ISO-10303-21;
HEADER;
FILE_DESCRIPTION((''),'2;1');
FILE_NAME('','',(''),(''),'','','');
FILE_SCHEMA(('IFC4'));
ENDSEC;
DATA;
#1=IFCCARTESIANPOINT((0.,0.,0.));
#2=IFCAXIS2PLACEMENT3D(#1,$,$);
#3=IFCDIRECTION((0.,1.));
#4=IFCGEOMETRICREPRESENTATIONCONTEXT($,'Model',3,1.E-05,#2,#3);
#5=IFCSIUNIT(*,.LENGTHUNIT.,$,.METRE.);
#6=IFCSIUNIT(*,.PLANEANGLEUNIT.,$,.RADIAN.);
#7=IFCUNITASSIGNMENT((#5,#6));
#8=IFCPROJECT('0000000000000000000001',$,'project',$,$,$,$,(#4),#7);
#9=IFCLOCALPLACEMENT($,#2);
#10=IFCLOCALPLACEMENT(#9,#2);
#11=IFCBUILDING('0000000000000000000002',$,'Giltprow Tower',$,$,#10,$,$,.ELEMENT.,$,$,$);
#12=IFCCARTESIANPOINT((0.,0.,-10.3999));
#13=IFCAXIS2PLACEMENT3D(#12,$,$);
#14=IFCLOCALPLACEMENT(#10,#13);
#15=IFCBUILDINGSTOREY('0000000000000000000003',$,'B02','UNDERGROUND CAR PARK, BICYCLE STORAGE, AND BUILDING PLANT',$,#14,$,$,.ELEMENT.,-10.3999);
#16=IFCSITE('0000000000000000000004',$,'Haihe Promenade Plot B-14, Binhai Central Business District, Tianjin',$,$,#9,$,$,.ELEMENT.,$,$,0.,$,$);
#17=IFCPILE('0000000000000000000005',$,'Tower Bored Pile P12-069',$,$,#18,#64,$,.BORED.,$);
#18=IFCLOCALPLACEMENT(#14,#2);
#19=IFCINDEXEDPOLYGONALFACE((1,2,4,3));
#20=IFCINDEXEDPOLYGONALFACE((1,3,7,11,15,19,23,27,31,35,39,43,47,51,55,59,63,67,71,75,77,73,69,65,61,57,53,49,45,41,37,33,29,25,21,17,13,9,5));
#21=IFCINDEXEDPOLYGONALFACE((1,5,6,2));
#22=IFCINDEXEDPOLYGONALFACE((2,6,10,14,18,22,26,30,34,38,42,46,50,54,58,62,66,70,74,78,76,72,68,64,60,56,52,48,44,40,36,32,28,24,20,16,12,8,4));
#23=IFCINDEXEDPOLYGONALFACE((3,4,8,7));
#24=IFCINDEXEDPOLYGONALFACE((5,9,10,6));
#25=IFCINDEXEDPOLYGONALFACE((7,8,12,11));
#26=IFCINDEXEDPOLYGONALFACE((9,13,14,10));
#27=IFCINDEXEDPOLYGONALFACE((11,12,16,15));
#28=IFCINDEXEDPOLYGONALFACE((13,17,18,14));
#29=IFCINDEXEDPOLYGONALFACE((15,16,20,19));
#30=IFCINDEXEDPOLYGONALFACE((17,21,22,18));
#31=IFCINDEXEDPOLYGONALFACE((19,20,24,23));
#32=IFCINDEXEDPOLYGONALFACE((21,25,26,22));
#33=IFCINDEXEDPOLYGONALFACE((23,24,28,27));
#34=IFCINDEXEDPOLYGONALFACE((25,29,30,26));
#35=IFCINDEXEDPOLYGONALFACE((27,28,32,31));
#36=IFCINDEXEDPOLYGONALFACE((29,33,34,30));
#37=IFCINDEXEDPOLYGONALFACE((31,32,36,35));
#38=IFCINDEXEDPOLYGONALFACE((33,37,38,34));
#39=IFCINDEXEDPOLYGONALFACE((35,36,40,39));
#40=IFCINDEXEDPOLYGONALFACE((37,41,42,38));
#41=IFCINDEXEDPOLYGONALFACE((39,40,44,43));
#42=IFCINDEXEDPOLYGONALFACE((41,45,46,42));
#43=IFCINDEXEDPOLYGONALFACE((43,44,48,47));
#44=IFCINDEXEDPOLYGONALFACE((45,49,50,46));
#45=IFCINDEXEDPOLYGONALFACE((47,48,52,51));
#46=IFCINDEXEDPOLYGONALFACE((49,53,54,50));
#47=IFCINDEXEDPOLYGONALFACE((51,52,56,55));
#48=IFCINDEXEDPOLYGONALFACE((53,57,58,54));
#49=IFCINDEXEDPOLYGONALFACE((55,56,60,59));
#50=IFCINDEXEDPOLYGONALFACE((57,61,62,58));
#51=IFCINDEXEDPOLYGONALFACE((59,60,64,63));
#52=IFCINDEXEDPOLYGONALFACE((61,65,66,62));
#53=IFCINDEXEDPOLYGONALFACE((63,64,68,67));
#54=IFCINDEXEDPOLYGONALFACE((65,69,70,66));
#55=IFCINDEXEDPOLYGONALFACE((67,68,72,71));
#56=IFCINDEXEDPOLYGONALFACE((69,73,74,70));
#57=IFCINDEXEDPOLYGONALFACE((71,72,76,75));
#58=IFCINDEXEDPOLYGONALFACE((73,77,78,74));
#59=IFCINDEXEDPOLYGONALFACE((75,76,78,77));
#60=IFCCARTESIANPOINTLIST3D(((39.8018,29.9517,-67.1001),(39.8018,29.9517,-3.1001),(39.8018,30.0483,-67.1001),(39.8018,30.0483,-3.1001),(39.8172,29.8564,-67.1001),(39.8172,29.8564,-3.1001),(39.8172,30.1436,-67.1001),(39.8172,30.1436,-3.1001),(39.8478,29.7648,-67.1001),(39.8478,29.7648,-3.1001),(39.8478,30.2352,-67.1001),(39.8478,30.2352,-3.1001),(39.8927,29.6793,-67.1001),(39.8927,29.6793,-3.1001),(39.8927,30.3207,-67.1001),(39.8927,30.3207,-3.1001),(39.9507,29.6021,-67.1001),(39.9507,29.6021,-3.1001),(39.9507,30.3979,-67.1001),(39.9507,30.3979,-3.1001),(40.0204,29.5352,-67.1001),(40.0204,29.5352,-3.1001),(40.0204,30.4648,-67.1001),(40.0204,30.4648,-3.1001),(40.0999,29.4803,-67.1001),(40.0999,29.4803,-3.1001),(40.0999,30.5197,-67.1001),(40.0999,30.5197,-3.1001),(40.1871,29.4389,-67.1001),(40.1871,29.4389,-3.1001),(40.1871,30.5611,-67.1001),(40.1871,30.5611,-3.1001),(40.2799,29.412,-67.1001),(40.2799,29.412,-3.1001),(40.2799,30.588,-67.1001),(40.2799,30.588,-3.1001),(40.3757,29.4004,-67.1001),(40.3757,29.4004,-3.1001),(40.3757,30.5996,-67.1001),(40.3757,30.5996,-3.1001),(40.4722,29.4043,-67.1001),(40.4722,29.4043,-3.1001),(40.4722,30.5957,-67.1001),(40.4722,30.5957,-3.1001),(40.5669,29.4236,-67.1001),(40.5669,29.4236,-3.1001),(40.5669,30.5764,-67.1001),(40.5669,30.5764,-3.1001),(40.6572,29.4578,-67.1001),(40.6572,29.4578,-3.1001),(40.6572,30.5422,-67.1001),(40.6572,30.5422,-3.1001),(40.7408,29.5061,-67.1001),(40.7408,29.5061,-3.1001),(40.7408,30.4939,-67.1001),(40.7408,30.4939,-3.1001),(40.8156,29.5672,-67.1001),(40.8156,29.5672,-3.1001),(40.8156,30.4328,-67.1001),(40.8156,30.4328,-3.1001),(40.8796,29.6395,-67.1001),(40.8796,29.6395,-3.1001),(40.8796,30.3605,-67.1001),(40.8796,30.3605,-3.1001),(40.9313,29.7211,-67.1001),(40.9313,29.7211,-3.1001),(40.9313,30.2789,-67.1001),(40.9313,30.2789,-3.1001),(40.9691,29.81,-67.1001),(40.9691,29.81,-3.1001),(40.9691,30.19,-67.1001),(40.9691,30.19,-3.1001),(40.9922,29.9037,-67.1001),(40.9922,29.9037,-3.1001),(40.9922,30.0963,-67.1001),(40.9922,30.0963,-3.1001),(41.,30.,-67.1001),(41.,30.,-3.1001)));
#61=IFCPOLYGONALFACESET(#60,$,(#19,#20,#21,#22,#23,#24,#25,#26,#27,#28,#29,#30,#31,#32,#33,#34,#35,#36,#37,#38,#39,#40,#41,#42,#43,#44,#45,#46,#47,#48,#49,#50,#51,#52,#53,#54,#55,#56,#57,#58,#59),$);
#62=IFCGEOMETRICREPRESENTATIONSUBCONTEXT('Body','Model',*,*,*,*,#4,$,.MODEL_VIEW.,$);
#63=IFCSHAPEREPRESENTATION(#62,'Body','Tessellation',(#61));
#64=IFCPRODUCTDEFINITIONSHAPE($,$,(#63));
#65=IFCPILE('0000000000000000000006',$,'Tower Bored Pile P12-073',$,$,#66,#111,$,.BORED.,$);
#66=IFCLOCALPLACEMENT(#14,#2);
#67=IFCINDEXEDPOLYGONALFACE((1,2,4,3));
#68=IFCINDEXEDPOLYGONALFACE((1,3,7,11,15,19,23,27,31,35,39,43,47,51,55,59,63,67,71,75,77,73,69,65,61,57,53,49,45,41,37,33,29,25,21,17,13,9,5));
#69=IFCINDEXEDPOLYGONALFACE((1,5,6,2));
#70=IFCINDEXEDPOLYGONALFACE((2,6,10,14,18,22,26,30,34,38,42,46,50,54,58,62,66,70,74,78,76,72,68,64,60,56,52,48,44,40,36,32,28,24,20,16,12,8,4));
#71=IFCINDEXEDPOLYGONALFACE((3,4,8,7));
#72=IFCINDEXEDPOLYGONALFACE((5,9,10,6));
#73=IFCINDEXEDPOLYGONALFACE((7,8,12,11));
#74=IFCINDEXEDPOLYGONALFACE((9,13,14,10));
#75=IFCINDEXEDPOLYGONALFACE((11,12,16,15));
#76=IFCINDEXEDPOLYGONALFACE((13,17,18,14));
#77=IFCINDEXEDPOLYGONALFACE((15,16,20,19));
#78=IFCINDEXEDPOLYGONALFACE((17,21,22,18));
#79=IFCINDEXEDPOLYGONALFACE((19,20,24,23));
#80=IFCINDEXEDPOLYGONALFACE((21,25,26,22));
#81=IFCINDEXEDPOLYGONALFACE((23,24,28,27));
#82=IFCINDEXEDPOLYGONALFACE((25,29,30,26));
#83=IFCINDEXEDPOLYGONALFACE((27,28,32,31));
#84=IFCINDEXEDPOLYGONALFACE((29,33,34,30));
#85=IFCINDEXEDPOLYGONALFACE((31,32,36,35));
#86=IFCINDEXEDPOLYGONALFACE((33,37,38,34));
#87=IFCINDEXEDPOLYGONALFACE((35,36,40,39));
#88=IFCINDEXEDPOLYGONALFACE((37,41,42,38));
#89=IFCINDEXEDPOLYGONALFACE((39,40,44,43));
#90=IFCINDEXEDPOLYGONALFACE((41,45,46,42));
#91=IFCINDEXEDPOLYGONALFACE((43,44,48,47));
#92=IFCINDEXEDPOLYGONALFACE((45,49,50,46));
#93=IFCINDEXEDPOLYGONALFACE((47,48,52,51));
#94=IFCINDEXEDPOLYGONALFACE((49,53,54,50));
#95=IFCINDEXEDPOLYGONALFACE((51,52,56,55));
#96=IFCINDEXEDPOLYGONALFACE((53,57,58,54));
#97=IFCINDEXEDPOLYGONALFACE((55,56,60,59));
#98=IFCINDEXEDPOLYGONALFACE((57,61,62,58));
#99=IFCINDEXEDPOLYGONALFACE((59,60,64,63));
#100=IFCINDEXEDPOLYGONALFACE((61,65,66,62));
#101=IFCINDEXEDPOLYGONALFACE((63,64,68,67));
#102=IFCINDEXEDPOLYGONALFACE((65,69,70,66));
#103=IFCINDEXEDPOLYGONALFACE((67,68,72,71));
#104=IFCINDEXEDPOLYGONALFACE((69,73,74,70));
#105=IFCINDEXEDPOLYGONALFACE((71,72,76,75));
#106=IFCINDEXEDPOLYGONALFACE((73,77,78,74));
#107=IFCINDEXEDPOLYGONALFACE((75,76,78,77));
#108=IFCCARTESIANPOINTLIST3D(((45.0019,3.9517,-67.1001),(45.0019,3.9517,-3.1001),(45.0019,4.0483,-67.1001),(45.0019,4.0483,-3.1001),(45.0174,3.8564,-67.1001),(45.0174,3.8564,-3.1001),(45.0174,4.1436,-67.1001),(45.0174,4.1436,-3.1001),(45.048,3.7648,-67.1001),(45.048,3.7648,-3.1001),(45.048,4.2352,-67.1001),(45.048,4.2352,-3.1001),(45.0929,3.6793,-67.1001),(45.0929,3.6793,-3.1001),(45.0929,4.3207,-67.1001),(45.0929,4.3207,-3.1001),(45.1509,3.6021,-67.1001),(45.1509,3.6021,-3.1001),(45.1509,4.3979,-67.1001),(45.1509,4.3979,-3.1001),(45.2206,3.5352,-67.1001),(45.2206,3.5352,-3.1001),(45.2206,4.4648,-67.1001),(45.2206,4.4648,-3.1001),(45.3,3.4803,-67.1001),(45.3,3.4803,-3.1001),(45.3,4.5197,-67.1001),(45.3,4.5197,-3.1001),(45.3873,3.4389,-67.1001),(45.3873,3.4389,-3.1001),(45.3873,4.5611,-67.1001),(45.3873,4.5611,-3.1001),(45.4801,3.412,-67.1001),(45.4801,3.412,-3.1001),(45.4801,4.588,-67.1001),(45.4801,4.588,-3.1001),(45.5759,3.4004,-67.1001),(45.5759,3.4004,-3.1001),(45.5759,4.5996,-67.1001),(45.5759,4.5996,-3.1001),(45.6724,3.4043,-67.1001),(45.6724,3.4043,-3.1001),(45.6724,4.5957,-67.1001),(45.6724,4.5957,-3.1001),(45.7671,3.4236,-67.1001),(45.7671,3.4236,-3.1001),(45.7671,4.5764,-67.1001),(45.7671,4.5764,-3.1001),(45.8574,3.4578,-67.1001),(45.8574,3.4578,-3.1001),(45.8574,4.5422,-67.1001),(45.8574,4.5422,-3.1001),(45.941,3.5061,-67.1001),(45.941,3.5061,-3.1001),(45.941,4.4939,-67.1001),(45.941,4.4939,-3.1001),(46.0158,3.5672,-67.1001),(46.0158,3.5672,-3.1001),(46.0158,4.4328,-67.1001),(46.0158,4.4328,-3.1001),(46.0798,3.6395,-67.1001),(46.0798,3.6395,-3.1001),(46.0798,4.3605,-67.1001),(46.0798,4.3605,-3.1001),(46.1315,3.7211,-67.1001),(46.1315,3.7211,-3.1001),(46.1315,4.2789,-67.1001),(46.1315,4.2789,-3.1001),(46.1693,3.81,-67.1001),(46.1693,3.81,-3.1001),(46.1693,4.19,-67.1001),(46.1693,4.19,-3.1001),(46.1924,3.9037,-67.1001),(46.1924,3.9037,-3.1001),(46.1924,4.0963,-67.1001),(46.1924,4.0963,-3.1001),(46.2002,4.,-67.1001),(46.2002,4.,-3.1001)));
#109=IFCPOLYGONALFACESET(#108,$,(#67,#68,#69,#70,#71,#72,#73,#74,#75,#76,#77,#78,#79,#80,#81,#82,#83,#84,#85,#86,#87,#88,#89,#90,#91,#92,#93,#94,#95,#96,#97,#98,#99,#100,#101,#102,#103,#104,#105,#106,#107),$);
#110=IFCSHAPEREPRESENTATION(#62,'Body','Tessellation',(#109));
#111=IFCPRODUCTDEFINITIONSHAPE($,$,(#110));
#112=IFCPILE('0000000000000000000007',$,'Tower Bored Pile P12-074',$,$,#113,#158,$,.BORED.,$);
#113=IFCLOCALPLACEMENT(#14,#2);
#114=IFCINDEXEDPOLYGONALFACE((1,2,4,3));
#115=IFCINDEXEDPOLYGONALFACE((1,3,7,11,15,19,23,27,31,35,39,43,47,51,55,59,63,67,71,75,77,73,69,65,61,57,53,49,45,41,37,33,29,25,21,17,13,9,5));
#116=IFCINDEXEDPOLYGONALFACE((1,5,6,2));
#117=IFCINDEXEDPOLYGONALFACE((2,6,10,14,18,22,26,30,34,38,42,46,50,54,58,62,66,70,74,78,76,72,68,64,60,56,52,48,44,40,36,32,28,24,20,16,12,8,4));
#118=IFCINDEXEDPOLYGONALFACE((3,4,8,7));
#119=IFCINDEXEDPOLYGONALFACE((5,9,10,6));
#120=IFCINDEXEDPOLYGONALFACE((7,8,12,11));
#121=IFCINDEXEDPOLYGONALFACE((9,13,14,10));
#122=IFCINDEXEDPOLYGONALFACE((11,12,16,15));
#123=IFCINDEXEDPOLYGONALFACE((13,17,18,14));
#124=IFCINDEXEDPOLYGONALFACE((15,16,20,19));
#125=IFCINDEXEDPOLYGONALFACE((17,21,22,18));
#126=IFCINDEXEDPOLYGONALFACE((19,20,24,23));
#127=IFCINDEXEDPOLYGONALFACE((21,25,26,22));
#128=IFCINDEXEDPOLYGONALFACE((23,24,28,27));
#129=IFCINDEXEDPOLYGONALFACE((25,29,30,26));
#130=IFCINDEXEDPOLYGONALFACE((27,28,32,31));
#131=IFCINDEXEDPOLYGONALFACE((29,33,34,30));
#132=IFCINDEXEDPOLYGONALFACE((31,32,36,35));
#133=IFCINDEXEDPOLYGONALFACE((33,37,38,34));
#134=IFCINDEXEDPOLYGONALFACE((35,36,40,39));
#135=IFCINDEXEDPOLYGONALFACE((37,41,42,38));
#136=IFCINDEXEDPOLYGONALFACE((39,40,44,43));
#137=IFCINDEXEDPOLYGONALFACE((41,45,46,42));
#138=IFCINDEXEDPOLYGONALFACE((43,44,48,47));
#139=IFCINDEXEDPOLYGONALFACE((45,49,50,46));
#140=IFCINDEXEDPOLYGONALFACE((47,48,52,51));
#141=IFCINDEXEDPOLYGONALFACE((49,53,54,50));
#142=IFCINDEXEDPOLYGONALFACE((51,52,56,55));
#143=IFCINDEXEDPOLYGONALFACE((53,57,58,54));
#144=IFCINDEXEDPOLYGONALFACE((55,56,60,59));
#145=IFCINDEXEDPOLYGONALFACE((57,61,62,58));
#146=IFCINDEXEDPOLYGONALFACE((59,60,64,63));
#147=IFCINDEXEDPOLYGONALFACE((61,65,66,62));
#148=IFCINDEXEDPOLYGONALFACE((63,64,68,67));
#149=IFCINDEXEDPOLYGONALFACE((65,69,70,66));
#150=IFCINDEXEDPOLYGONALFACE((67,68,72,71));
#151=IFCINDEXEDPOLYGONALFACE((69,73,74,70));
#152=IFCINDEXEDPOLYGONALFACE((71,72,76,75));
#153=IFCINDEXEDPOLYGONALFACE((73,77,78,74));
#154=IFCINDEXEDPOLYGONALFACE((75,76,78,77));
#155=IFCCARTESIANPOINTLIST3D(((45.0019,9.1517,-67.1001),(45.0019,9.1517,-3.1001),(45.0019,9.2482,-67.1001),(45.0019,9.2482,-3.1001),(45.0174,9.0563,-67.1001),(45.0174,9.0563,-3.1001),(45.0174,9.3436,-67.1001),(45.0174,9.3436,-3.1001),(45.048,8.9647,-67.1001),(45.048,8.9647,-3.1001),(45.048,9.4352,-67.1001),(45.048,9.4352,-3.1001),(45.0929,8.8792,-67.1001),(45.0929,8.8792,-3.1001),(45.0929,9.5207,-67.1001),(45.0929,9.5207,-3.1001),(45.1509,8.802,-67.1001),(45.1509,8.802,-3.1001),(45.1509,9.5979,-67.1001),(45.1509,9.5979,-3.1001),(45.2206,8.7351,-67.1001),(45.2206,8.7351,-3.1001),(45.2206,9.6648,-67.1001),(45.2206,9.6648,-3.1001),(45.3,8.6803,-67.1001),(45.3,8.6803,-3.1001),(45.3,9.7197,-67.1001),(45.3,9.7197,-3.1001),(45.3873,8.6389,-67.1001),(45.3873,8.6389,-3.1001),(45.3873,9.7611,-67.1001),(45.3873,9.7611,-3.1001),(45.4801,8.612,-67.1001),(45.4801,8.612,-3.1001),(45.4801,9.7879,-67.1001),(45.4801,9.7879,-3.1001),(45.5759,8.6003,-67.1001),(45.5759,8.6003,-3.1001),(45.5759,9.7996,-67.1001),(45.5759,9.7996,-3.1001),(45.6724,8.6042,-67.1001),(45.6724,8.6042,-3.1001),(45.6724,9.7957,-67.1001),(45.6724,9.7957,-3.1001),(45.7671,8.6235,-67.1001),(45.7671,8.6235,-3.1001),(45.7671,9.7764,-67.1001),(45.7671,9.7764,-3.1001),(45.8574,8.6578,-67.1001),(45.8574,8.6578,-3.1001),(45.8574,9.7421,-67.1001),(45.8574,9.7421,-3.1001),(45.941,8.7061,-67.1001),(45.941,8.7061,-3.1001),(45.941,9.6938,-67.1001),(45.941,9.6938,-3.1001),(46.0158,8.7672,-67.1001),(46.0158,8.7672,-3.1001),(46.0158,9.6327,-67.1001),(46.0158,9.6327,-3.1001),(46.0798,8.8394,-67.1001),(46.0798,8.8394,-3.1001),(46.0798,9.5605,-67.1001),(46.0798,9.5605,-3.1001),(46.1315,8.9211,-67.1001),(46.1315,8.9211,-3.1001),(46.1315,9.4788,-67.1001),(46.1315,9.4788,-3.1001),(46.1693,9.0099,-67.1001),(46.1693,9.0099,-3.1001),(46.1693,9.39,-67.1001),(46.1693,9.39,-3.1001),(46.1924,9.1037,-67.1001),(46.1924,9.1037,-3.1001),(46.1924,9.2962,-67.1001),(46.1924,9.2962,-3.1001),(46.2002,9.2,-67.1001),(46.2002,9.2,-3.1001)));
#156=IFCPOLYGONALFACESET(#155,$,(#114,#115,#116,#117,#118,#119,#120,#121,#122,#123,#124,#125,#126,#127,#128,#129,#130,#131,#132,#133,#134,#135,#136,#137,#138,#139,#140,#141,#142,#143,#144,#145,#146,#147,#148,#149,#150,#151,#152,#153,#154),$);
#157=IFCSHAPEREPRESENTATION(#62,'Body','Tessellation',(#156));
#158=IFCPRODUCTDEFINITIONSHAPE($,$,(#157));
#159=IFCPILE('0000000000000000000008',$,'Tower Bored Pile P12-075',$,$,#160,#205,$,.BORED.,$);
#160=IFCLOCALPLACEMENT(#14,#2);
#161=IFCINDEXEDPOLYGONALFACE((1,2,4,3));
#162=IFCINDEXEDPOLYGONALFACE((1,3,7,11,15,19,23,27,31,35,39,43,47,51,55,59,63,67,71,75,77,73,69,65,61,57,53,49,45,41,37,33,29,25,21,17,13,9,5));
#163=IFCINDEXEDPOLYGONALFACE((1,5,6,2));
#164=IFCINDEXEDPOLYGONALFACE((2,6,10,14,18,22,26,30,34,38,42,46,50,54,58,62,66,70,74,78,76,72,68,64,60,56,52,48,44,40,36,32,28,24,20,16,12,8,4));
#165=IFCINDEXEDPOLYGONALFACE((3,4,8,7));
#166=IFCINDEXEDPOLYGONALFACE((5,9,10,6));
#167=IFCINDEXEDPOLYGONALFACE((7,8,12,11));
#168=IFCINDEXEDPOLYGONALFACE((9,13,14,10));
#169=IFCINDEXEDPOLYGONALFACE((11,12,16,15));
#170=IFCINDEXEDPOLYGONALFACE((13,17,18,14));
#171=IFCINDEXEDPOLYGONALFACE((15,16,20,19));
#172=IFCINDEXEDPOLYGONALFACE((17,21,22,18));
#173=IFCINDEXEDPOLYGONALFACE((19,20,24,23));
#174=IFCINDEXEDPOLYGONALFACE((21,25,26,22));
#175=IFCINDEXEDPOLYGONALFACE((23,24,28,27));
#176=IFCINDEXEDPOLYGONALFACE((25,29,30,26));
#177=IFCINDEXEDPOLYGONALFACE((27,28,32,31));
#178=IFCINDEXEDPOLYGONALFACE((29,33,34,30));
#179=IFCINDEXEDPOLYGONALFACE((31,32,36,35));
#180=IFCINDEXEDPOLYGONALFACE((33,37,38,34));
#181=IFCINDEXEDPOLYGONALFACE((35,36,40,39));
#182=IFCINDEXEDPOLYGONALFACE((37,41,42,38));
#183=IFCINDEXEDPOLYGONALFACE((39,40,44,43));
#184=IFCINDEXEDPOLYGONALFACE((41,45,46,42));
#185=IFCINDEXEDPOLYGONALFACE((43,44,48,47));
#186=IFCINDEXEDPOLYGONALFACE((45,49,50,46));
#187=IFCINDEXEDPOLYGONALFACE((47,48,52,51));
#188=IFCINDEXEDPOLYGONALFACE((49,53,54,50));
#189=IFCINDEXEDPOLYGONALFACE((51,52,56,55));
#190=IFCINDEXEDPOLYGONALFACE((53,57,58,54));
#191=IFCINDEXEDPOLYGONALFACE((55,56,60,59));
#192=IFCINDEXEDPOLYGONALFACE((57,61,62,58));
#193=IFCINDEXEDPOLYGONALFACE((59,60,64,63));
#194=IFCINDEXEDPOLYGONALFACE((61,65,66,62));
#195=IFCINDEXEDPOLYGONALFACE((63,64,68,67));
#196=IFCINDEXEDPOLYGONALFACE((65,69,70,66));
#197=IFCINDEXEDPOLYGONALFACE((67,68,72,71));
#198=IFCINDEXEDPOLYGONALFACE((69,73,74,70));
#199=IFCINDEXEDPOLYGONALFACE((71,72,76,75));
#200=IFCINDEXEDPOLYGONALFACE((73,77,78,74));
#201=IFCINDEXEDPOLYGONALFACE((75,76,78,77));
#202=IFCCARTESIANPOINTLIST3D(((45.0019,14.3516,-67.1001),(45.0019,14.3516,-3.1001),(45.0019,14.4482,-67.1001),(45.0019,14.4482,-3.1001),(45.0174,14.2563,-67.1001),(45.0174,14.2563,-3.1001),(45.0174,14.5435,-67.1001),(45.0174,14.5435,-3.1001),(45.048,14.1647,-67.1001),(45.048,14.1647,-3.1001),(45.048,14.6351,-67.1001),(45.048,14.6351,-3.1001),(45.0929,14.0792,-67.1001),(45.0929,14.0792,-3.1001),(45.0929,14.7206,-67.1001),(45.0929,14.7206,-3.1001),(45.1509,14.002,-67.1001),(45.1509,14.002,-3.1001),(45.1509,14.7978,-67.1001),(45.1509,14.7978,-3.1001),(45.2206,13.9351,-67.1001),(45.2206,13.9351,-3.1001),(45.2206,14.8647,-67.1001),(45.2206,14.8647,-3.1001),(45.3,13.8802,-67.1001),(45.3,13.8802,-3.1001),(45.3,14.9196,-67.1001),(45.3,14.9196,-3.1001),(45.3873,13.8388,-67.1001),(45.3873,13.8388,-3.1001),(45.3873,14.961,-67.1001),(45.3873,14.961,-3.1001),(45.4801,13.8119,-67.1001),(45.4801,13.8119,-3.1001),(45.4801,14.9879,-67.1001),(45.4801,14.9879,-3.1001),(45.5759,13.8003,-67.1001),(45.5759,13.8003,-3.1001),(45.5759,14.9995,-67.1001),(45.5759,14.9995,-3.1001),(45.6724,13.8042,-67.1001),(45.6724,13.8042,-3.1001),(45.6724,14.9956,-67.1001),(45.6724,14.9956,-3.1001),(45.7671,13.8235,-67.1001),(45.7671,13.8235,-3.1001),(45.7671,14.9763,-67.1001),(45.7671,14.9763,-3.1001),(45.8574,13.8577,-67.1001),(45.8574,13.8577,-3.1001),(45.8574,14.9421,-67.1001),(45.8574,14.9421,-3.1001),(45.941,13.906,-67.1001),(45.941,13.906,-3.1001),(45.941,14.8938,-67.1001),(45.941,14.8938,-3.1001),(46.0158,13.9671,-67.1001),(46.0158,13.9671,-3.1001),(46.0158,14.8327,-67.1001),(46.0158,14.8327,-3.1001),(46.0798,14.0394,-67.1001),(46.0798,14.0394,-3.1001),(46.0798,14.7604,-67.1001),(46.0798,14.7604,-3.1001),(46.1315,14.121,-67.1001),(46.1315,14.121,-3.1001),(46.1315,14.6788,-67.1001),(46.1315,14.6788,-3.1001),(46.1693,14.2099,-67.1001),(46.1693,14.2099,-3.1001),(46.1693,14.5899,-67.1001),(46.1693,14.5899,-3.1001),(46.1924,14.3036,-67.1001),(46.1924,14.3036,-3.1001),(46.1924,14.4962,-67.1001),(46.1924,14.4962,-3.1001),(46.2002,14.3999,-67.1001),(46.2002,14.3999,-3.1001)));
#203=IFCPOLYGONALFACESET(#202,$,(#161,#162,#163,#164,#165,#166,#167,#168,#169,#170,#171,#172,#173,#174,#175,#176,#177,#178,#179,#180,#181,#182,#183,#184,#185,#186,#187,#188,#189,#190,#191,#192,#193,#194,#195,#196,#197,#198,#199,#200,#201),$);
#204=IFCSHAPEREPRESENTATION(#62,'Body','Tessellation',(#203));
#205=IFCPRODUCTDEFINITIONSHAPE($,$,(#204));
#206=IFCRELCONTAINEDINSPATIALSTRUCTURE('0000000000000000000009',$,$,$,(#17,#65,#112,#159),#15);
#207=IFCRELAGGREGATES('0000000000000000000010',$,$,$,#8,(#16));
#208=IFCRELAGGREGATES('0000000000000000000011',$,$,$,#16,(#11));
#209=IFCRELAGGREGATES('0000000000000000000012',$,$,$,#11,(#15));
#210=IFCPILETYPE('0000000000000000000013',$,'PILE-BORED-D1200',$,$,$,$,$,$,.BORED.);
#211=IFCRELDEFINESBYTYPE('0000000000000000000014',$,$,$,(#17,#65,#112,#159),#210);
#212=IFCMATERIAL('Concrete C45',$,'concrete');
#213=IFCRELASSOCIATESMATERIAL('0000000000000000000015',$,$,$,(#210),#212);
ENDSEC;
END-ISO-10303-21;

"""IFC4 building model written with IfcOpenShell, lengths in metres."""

from ifc_helpers import new_model, si_unit, direction, frame, origin, origin_2d, place, context, subcontext, project, spatial, circle, extrude, source, transform, mapped, material, material_profile, profile_set, type_object, element, save


model = new_model("IFC4")

# Units and contexts
model_context = context("Model", 3, precision=1e-05, world=origin(), true_north=direction((0.0, 1.0)))
body_context = subcontext(model_context, "Body", "Model", "MODEL_VIEW")
ifc_project = project(units=[si_unit("LENGTHUNIT", "METRE"), si_unit("PLANEANGLEUNIT", "RADIAN")], contexts=[model_context])

# Site, building, storey
site_placement = place(None, origin())
site = spatial("IfcSite", under=ifc_project, at=site_placement, Name="Haihe Promenade Plot B-14, Binhai Central Business District, Tianjin", CompositionType="ELEMENT", RefElevation=0.0)
building_placement = place(site_placement, origin())
building = spatial("IfcBuilding", under=site, at=building_placement, Name="Giltprow Tower", CompositionType="ELEMENT")
storey_placement = place(building_placement, frame((0.0, 0.0, -10.3999)))
storey = spatial("IfcBuildingStorey", under=building, at=storey_placement, Name="B02", Description="UNDERGROUND CAR PARK, BICYCLE STORAGE, AND BUILDING PLANT", CompositionType="ELEMENT", Elevation=-10.3999)

# Shared definitions
ifc_material_1 = material(Name="Concrete C45", Category="concrete")

# Piles
ifc_material_profile_1 = material_profile(ifc_material_1, circle(Radius=0.6001, at=origin_2d()), Name="PILE D1200")
ifc_profile_set_1 = profile_set([ifc_material_profile_1], Name="Concrete C45")
pile_type = type_object("IfcPileType", Name="PILE-BORED-D1200", PredefinedType="BORED", material=ifc_profile_set_1)
shared_shape_1 = source(origin(), body_context, "Body", "SweptSolid", [
    extrude(circle(Radius=0.6001, at=origin_2d()), origin(), (0.0, 0.0, 1.0), 64.0),
])
for number, where, z_axis, x_axis, name in (
    (1, (40.3999, 30.0, -3.1001), (0.0, 0.0, -1.0), (1.0, 0.0, 0.0), "Tower Bored Pile P12-069"),
    (2, (45.6001, 4.0, -3.1001), (0.0, 0.0, -1.0), (1.0, 0.0, 0.0), "Tower Bored Pile P12-073"),
    (3, (45.6001, 9.2, -3.1001), (0.0, 0.0, -1.0), (1.0, 0.0, 0.0), "Tower Bored Pile P12-074"),
    (4, (45.6001, 14.3999, -3.1001), (0.0, 0.0, -1.0), (1.0, 0.0, 0.0), "Tower Bored Pile P12-075"),
):
    element("IfcPile", number, at=place(storey_placement, frame(where, z_axis=z_axis, x_axis=x_axis)), inside=storey, type_object=pile_type, Name=name, PredefinedType="BORED", context=body_context, shape_type="MappedRepresentation", body=[
        mapped(shared_shape_1, transform((0.0, 0.0, 0.0), x_axis=(1.0, 0.0, 0.0), y_axis=(0.0, 1.0, 0.0), z_axis=(0.0, 0.0, 1.0), scale=1.0)),
    ])

save(model, "model.ifc")
